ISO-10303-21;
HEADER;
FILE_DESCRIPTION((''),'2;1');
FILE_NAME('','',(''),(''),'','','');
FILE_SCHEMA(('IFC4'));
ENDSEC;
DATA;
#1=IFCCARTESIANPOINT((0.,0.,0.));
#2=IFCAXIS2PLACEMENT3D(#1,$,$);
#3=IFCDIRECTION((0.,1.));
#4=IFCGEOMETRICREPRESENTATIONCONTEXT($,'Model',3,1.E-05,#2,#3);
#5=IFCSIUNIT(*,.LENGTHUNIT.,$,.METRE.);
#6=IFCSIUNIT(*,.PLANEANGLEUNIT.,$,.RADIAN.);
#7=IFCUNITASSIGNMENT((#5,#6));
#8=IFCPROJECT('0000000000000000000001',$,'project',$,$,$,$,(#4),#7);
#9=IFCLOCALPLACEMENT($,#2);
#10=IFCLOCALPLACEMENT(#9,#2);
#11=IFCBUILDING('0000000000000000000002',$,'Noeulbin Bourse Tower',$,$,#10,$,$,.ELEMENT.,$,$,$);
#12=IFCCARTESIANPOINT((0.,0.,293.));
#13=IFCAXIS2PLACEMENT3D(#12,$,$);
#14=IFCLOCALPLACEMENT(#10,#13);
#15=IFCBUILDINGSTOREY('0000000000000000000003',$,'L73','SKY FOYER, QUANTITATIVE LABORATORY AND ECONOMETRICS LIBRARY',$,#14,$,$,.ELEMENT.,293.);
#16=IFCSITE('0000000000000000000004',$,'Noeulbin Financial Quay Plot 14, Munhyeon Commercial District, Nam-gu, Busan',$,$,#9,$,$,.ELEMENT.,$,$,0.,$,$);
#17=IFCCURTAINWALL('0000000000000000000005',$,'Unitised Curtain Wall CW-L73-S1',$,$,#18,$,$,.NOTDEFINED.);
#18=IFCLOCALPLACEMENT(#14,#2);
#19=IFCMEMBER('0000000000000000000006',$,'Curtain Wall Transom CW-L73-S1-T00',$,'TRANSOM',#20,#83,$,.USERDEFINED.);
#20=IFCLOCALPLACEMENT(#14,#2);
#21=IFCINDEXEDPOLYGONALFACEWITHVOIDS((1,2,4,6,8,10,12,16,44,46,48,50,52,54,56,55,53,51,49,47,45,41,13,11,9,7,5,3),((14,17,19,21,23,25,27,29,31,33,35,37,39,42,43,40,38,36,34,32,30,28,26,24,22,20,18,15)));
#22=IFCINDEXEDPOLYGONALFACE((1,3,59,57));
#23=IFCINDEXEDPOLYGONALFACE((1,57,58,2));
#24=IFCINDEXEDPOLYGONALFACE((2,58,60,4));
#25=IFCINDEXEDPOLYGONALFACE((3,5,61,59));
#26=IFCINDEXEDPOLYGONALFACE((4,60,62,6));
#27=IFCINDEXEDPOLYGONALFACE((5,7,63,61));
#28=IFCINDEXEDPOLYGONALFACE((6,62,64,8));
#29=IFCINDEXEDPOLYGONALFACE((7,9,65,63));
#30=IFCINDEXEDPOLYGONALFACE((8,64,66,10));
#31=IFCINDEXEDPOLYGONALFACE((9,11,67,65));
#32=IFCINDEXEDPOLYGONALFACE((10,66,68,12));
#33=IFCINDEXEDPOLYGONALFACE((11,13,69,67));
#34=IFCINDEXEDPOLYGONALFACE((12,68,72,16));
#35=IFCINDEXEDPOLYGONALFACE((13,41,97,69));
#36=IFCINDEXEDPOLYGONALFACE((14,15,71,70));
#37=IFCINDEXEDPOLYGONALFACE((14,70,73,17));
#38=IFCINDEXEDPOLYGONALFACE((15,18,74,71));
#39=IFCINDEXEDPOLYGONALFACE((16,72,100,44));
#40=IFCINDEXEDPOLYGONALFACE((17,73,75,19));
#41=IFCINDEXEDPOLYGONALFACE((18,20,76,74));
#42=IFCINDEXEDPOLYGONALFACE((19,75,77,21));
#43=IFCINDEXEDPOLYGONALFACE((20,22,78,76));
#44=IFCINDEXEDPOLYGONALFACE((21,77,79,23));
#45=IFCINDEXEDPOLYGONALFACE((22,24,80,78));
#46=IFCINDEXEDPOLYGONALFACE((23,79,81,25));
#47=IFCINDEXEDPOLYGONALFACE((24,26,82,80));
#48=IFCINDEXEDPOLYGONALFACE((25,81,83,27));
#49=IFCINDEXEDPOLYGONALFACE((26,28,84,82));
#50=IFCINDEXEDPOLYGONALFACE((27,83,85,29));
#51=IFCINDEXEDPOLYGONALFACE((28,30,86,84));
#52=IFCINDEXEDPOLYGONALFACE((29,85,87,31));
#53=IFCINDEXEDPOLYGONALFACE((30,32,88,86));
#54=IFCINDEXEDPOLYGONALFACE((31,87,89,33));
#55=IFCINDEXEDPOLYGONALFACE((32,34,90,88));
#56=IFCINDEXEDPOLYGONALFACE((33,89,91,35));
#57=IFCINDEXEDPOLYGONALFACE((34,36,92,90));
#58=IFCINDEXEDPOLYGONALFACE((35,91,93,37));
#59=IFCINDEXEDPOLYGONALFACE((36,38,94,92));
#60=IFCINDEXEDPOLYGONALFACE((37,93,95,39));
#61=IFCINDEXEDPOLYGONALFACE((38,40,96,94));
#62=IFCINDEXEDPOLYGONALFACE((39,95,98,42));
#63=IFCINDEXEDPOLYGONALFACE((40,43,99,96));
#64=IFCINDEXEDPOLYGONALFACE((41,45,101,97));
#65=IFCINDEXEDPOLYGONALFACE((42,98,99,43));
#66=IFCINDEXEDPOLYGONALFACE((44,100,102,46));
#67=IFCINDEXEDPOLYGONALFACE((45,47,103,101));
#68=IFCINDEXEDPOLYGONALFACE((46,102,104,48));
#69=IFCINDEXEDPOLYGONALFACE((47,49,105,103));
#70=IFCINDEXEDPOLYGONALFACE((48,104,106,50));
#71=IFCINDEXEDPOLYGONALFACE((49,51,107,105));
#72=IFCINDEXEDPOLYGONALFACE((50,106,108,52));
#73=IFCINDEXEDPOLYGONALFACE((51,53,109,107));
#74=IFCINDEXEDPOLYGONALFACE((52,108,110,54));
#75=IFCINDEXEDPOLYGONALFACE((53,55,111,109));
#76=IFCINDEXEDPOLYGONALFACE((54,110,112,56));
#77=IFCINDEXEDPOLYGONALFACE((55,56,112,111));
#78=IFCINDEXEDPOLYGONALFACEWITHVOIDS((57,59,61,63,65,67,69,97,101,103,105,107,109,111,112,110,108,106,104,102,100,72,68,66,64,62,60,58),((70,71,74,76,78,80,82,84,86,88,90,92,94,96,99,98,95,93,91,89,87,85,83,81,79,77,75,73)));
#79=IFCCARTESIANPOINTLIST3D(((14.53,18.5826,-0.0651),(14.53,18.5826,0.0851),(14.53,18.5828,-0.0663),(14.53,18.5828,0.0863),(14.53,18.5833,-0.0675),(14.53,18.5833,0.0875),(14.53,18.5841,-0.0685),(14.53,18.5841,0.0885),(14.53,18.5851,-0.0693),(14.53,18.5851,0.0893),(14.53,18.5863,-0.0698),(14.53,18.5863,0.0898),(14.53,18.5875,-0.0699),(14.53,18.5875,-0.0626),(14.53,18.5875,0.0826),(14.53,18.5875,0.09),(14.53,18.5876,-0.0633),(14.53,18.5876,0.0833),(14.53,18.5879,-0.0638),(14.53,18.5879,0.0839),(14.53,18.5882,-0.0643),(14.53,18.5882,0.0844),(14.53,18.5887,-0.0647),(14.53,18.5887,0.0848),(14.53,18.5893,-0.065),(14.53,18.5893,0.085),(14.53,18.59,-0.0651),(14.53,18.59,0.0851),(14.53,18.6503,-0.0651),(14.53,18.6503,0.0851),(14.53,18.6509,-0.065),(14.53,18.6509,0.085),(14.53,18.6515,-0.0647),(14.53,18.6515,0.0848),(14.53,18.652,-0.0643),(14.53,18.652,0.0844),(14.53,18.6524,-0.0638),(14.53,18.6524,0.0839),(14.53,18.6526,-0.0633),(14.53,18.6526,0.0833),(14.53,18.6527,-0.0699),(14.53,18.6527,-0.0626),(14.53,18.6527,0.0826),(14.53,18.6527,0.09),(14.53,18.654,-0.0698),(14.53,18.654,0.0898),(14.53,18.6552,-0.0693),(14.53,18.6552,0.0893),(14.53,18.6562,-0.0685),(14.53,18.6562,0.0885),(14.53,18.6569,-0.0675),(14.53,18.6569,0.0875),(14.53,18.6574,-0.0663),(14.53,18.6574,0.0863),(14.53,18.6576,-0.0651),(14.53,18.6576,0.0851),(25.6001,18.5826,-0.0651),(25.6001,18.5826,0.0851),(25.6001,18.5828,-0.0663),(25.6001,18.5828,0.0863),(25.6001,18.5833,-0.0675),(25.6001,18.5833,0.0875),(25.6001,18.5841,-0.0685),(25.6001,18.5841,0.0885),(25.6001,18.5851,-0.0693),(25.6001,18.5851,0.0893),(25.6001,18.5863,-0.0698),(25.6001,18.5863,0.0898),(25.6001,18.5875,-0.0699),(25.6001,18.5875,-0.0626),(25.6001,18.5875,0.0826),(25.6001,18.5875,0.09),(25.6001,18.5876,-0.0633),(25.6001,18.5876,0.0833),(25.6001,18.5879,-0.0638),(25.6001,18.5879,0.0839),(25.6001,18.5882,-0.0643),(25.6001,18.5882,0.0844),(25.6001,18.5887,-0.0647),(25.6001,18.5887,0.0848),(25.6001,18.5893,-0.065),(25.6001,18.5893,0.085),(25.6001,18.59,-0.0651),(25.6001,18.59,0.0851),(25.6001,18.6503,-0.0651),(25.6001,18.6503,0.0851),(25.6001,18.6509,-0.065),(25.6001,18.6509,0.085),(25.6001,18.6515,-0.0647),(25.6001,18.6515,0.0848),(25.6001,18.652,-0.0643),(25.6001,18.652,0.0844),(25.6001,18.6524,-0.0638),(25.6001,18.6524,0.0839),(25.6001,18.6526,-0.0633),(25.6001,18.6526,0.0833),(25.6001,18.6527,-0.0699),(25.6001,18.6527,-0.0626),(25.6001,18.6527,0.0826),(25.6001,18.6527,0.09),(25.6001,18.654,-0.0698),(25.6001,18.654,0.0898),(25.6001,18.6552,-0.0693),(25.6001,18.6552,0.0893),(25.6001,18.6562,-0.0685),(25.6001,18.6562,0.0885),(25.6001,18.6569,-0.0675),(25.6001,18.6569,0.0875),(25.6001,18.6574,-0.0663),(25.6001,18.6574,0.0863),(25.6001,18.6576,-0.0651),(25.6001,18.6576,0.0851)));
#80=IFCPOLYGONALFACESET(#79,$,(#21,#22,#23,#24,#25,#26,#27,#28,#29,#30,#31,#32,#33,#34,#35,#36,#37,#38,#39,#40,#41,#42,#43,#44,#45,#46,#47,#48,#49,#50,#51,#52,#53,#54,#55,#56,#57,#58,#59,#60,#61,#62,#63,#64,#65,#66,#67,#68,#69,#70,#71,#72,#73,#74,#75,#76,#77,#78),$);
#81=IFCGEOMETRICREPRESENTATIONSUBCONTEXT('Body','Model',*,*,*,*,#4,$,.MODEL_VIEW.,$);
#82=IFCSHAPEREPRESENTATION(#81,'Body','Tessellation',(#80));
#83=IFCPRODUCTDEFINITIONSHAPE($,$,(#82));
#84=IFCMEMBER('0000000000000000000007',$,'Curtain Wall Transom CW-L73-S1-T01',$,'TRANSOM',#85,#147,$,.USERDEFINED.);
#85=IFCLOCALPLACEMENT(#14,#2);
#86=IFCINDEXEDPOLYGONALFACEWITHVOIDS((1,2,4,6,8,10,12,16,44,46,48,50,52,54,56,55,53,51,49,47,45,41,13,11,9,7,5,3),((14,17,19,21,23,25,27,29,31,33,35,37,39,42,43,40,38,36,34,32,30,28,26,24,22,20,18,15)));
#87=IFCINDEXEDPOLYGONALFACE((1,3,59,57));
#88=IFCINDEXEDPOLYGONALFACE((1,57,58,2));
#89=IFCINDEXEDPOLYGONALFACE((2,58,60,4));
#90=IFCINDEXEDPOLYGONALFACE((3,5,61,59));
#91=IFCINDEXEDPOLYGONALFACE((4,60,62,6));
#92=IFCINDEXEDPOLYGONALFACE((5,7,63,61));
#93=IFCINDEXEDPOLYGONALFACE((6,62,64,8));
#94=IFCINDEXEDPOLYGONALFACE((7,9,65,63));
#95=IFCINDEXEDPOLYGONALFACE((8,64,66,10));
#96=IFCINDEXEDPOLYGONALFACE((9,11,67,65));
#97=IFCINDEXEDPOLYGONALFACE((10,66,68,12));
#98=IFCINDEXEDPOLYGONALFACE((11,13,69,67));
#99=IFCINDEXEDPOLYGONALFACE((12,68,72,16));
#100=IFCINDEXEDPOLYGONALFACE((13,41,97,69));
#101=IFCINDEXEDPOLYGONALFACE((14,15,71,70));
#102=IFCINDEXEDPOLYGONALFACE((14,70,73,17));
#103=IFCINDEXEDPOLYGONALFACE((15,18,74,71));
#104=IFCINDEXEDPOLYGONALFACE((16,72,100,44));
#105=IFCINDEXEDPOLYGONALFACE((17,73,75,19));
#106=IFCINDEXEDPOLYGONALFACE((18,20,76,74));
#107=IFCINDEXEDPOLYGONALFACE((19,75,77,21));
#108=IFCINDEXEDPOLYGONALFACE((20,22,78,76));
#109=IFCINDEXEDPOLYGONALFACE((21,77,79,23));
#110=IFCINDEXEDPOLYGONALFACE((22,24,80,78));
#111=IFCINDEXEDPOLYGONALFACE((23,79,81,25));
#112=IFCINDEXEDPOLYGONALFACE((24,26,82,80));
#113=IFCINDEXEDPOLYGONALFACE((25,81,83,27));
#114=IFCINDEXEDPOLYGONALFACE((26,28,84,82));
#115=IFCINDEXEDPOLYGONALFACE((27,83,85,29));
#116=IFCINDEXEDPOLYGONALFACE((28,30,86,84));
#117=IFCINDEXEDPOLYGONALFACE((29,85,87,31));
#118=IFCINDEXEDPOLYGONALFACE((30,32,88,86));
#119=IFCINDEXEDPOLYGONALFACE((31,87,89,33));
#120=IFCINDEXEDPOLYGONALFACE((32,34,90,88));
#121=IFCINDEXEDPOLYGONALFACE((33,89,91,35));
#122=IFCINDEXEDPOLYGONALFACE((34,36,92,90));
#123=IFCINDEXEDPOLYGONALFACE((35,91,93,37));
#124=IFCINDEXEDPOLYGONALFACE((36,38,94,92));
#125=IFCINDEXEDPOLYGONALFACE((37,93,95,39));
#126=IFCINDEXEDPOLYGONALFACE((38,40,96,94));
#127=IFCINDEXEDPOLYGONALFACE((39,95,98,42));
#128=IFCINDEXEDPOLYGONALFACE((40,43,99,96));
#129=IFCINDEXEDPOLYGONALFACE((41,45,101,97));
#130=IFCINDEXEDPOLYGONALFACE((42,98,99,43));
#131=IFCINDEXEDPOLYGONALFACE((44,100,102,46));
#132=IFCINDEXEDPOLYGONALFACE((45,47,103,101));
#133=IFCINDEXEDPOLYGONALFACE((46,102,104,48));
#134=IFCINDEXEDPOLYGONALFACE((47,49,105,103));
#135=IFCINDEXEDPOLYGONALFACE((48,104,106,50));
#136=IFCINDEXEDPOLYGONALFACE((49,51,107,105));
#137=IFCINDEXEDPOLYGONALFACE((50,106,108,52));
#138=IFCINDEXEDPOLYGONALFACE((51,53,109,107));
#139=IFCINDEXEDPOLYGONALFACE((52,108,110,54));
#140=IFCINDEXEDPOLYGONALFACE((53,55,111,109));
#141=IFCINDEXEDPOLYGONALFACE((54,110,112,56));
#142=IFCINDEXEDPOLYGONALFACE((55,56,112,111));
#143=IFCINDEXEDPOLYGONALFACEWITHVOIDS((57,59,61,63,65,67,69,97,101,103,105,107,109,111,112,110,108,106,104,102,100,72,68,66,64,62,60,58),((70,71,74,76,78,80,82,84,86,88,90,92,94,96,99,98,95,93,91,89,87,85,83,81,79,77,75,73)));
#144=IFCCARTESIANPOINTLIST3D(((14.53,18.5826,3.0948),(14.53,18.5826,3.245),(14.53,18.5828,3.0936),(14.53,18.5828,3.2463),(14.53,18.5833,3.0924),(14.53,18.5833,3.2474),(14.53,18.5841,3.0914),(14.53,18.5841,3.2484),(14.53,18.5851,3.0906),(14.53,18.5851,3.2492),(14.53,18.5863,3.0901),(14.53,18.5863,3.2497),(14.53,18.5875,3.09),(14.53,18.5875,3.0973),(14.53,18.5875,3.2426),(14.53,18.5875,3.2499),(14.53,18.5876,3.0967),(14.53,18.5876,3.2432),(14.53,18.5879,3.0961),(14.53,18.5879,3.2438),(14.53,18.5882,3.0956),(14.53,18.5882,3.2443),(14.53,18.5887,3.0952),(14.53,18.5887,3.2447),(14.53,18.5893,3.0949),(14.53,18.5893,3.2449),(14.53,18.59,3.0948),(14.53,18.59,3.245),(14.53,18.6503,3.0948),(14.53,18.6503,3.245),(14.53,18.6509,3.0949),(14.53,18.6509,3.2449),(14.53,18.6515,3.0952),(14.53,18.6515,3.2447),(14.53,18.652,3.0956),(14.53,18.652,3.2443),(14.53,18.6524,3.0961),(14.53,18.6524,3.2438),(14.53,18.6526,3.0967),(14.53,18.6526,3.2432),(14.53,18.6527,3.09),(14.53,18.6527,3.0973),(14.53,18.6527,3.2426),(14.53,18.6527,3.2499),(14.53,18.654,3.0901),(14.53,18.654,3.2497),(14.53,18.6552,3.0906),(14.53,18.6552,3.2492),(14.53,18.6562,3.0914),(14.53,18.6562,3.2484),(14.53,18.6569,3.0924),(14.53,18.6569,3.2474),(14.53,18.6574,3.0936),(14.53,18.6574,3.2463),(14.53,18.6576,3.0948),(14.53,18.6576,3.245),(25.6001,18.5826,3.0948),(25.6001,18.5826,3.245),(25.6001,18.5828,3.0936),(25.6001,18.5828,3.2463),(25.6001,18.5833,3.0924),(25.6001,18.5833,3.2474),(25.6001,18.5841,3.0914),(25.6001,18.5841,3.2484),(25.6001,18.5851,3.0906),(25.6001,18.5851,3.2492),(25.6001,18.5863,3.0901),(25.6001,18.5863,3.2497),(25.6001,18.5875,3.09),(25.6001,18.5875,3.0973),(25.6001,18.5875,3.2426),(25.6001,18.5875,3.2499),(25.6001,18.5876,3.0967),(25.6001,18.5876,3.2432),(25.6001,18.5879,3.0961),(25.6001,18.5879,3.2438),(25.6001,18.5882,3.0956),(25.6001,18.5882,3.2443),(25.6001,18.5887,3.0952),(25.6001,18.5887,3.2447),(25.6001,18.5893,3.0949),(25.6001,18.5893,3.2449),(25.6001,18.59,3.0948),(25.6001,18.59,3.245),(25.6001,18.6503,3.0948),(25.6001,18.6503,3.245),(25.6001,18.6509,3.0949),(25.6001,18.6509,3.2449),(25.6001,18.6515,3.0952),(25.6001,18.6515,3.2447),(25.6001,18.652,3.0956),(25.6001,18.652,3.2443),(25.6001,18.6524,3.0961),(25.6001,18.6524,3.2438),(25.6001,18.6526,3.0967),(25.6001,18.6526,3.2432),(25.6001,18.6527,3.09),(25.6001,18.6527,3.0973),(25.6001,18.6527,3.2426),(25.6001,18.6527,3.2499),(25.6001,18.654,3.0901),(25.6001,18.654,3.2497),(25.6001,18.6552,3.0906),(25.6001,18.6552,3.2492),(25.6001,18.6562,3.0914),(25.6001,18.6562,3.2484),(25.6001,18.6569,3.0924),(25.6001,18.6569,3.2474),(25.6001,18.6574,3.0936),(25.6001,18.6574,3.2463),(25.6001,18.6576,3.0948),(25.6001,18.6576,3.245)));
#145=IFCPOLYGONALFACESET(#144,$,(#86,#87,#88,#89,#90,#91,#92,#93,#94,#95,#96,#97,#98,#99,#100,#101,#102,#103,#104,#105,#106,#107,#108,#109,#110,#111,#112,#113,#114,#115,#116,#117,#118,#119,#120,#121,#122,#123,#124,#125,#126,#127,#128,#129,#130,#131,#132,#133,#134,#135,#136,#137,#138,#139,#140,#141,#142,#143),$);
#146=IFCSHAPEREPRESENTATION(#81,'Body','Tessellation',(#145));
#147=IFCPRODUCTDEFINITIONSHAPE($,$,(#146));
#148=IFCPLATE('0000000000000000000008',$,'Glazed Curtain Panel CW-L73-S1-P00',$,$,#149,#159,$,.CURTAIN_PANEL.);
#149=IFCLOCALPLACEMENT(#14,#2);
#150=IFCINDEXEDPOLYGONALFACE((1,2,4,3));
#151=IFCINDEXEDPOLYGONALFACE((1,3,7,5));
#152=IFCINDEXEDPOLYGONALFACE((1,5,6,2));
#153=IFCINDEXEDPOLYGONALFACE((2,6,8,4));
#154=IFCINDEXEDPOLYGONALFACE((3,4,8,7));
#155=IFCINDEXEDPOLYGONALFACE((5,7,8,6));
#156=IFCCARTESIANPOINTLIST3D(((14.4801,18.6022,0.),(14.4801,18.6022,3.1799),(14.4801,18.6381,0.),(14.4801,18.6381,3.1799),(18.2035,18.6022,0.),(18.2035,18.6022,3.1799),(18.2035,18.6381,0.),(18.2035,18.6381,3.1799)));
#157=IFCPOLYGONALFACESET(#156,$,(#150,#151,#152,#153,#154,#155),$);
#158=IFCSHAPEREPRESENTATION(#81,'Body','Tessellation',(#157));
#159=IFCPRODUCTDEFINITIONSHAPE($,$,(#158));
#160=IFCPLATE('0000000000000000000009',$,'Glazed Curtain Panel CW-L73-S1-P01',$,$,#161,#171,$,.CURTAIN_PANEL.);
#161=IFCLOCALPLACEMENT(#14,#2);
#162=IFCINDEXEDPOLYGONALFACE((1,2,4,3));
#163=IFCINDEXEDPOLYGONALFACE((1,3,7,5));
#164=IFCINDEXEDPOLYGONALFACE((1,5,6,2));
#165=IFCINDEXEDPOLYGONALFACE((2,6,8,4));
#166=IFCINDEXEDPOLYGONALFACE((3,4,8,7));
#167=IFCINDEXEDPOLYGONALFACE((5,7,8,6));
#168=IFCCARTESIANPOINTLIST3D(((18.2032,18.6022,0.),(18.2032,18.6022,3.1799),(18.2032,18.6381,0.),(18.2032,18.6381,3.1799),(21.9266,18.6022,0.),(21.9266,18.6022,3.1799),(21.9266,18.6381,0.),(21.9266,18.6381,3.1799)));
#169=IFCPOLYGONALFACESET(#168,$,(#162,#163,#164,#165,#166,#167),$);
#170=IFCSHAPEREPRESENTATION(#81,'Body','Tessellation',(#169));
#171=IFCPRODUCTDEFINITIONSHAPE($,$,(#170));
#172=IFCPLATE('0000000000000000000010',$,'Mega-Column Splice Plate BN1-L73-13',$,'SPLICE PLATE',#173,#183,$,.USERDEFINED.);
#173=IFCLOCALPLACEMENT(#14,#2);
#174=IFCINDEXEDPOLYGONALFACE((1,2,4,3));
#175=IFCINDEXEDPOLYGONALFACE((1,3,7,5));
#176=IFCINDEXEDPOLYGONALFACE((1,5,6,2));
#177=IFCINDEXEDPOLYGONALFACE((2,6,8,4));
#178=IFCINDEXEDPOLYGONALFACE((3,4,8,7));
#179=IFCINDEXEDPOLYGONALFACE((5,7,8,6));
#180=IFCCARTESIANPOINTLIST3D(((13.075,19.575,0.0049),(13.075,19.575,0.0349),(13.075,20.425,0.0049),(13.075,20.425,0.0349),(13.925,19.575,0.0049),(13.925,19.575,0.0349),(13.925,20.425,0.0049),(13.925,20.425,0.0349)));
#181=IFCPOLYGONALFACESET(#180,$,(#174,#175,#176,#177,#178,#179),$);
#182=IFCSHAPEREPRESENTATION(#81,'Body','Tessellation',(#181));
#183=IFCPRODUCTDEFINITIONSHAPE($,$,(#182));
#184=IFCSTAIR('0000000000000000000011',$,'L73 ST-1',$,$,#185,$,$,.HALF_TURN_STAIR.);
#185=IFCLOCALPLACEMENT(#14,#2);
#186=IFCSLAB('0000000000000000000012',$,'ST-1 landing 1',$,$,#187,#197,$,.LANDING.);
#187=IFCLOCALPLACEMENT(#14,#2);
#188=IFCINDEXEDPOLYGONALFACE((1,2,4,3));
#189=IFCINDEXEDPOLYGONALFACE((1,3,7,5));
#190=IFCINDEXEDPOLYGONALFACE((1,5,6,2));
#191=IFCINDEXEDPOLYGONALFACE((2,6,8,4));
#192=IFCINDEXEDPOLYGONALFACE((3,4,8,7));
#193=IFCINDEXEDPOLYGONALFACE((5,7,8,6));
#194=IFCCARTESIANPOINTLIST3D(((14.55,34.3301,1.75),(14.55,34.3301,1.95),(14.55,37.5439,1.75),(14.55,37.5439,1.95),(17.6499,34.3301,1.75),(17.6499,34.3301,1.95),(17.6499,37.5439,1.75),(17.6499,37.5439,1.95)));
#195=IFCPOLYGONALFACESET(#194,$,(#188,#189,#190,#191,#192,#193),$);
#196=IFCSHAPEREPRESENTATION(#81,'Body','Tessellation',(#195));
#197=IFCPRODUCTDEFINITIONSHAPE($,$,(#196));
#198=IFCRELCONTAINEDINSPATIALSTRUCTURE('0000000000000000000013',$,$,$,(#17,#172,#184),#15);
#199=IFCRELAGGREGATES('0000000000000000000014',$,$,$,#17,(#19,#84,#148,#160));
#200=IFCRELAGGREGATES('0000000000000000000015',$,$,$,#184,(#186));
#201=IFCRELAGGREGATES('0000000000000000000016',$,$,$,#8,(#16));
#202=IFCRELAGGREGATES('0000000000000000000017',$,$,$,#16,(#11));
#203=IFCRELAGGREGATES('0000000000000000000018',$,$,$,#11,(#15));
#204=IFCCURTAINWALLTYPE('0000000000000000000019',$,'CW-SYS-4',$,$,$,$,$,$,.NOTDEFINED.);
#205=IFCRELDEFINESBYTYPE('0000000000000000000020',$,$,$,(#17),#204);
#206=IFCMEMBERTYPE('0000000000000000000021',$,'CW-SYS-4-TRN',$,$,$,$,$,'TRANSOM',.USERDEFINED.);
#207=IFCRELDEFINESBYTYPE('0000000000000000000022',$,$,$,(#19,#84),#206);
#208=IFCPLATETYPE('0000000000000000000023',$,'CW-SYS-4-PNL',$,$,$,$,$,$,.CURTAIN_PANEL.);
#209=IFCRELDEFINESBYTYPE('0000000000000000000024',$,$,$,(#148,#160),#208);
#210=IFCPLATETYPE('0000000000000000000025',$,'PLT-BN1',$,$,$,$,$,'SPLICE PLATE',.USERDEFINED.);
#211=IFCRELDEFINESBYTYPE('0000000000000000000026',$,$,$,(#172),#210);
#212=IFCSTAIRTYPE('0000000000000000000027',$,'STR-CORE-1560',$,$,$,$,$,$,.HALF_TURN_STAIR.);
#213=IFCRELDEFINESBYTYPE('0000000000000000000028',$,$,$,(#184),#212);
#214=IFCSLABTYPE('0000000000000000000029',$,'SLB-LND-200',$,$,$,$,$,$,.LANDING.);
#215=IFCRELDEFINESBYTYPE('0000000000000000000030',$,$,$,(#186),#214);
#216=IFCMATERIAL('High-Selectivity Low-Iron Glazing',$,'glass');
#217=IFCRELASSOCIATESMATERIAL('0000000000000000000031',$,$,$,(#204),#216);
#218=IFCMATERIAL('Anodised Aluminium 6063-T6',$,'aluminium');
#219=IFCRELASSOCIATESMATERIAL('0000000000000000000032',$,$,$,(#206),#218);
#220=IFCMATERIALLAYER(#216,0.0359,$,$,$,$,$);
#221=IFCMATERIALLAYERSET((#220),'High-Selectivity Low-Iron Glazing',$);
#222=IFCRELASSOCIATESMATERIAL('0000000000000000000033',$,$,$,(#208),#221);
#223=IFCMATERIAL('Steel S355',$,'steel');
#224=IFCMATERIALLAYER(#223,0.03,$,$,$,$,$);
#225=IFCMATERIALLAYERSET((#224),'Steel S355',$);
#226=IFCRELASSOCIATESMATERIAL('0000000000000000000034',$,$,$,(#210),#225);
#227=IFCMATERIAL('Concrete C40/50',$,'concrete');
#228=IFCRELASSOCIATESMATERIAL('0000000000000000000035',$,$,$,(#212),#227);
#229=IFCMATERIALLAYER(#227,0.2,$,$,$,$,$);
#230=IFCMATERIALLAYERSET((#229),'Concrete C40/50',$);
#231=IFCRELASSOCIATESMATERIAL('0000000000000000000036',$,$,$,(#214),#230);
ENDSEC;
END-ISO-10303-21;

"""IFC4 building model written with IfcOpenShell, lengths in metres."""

from ifc_helpers import new_model, si_unit, direction, frame, origin, origin_2d, place, context, subcontext, project, spatial, polyline, rectangle, hollow_rectangle, outline, extrude, material, layer, layer_set, material_profile, profile_set, type_object, element, aggregate, save


model = new_model("IFC4")

# Units and contexts
model_context = context("Model", 3, precision=1e-05, world=origin(), true_north=direction((0.0, 1.0)))
body_context = subcontext(model_context, "Body", "Model", "MODEL_VIEW")
ifc_project = project(units=[si_unit("LENGTHUNIT", "METRE"), si_unit("PLANEANGLEUNIT", "RADIAN")], contexts=[model_context])

# Site, building, storey
site_placement = place(None, origin())
site = spatial("IfcSite", under=ifc_project, at=site_placement, Name="Noeulbin Financial Quay Plot 14, Munhyeon Commercial District, Nam-gu, Busan", CompositionType="ELEMENT", RefElevation=0.0)
building_placement = place(site_placement, origin())
building = spatial("IfcBuilding", under=site, at=building_placement, Name="Noeulbin Bourse Tower", CompositionType="ELEMENT")
storey_placement = place(building_placement, frame((0.0, 0.0, 293.0)))
storey = spatial("IfcBuildingStorey", under=building, at=storey_placement, Name="L73", Description="SKY FOYER, QUANTITATIVE LABORATORY AND ECONOMETRICS LIBRARY", CompositionType="ELEMENT", Elevation=293.0)

# Shared definitions
ifc_material_1 = material(Name="Steel S355", Category="steel")

# Curtain wall, members, plates
ifc_material_2 = material(Name="High-Selectivity Low-Iron Glazing", Category="glass")
curtain_wall_type = type_object("IfcCurtainWallType", Name="CW-SYS-4", PredefinedType="NOTDEFINED", material=ifc_material_2)
curtain_wall_placement = place(storey_placement, origin())
curtain_wall = element("IfcCurtainWall", 1, at=curtain_wall_placement, inside=storey, type_object=curtain_wall_type, Name="Unitised Curtain Wall CW-L73-S1", PredefinedType="NOTDEFINED")
ifc_material_3 = material(Name="Anodised Aluminium 6063-T6", Category="aluminium")
ifc_material_profile_1 = material_profile(ifc_material_3, hollow_rectangle(XDim=0.075, YDim=0.1599, WallThickness=0.0049, InnerFilletRadius=0.0024, OuterFilletRadius=0.0049, at=origin_2d()), Name="ALU-TRAN-75x160x5", Category="LoadBearing")
ifc_profile_set_1 = profile_set([ifc_material_profile_1], Name="Anodised Aluminium 6063-T6")
member_type_1 = type_object("IfcMemberType", Name="CW-SYS-4-TRN", ElementType="TRANSOM", PredefinedType="USERDEFINED", material=ifc_profile_set_1)
member_1_placement = place(storey_placement, frame((14.53, 18.6201, 0.01), z_axis=(1.0, 0.0, 0.0), x_axis=(0.0, 1.0, 0.0)))
member_1 = element("IfcMember", 2, at=member_1_placement, type_object=member_type_1, Name="Curtain Wall Transom CW-L73-S1-T00", ObjectType="TRANSOM", PredefinedType="USERDEFINED", context=body_context, shape_type="SweptSolid", body=[
    extrude(hollow_rectangle(XDim=0.075, YDim=0.1599, WallThickness=0.0049, InnerFilletRadius=0.0024, OuterFilletRadius=0.0049, at=origin_2d()), origin(), (0.0, 0.0, 1.0), 11.0701),
])
member_2_placement = place(storey_placement, frame((14.53, 18.6201, 3.1699), z_axis=(1.0, 0.0, 0.0), x_axis=(0.0, 1.0, 0.0)))
member_2 = element("IfcMember", 3, at=member_2_placement, type_object=member_type_1, Name="Curtain Wall Transom CW-L73-S1-T01", ObjectType="TRANSOM", PredefinedType="USERDEFINED", context=body_context, shape_type="SweptSolid", body=[
    extrude(hollow_rectangle(XDim=0.075, YDim=0.1599, WallThickness=0.0049, InnerFilletRadius=0.0024, OuterFilletRadius=0.0049, at=origin_2d()), origin(), (0.0, 0.0, 1.0), 11.0701),
])
ifc_layer_1 = layer(ifc_material_2, 0.0359)
ifc_layer_set_1 = layer_set([ifc_layer_1], Name="High-Selectivity Low-Iron Glazing")
plate_type_1 = type_object("IfcPlateType", Name="CW-SYS-4-PNL", PredefinedType="CURTAIN_PANEL", material=ifc_layer_set_1)
plate_1_placement = place(storey_placement, frame((16.3418, 18.6201, 0.0), z_axis=(0.0, 0.0, 1.0), x_axis=(1.0, 0.0, 0.0)))
plate_1 = element("IfcPlate", 4, at=plate_1_placement, type_object=plate_type_1, Name="Glazed Curtain Panel CW-L73-S1-P00", PredefinedType="CURTAIN_PANEL", context=body_context, shape_type="SweptSolid", body=[
    extrude(rectangle(XDim=3.7234, YDim=0.0359, at=origin_2d()), origin(), (0.0, 0.0, 1.0), 3.1799),
])
plate_2_placement = place(storey_placement, frame((20.0649, 18.6201, 0.0), z_axis=(0.0, 0.0, 1.0), x_axis=(1.0, 0.0, 0.0)))
plate_2 = element("IfcPlate", 5, at=plate_2_placement, type_object=plate_type_1, Name="Glazed Curtain Panel CW-L73-S1-P01", PredefinedType="CURTAIN_PANEL", context=body_context, shape_type="SweptSolid", body=[
    extrude(rectangle(XDim=3.7234, YDim=0.0359, at=origin_2d()), origin(), (0.0, 0.0, 1.0), 3.1799),
])
aggregate(curtain_wall, [member_1, member_2, plate_1, plate_2])

# Plate
ifc_layer_2 = layer(ifc_material_1, 0.03)
ifc_layer_set_2 = layer_set([ifc_layer_2], Name="Steel S355")
plate_type_2 = type_object("IfcPlateType", Name="PLT-BN1", ElementType="SPLICE PLATE", PredefinedType="USERDEFINED", material=ifc_layer_set_2)
plate_3_placement = place(storey_placement, frame((13.5, 20.0, 0.0049), z_axis=(0.0, 0.0, 1.0), x_axis=(1.0, 0.0, 0.0)))
element("IfcPlate", 6, at=plate_3_placement, inside=storey, type_object=plate_type_2, Name="Mega-Column Splice Plate BN1-L73-13", ObjectType="SPLICE PLATE", PredefinedType="USERDEFINED", context=body_context, shape_type="SweptSolid", body=[
    extrude(rectangle(XDim=0.8501, YDim=0.8501, at=origin_2d()), origin(), (0.0, 0.0, 1.0), 0.03),
])

# Stair, slab
ifc_material_4 = material(Name="Concrete C40/50", Category="concrete")
stair_type = type_object("IfcStairType", Name="STR-CORE-1560", PredefinedType="HALF_TURN_STAIR", material=ifc_material_4)
stair_1_placement = place(storey_placement, origin())
stair_1 = element("IfcStair", 7, at=stair_1_placement, inside=storey, type_object=stair_type, Name="L73 ST-1", PredefinedType="HALF_TURN_STAIR")
ifc_layer_3 = layer(ifc_material_4, 0.2)
ifc_layer_set_3 = layer_set([ifc_layer_3], Name="Concrete C40/50")
slab_type_1 = type_object("IfcSlabType", Name="SLB-LND-200", PredefinedType="LANDING", material=ifc_layer_set_3)
slab_1_placement = place(storey_placement, frame((0.0, 0.0, 1.75)))
slab_1 = element("IfcSlab", 8, at=slab_1_placement, type_object=slab_type_1, Name="ST-1 landing 1", PredefinedType="LANDING", context=body_context, shape_type="SweptSolid", body=[
    extrude(outline(polyline([(17.6499, 34.3301), (17.6499, 37.5439), (14.55, 37.5439), (14.55, 34.3301), (17.6499, 34.3301)])), origin(), (0.0, 0.0, 1.0), 0.2),
])
aggregate(stair_1, [slab_1])

save(model, "model.ifc")
